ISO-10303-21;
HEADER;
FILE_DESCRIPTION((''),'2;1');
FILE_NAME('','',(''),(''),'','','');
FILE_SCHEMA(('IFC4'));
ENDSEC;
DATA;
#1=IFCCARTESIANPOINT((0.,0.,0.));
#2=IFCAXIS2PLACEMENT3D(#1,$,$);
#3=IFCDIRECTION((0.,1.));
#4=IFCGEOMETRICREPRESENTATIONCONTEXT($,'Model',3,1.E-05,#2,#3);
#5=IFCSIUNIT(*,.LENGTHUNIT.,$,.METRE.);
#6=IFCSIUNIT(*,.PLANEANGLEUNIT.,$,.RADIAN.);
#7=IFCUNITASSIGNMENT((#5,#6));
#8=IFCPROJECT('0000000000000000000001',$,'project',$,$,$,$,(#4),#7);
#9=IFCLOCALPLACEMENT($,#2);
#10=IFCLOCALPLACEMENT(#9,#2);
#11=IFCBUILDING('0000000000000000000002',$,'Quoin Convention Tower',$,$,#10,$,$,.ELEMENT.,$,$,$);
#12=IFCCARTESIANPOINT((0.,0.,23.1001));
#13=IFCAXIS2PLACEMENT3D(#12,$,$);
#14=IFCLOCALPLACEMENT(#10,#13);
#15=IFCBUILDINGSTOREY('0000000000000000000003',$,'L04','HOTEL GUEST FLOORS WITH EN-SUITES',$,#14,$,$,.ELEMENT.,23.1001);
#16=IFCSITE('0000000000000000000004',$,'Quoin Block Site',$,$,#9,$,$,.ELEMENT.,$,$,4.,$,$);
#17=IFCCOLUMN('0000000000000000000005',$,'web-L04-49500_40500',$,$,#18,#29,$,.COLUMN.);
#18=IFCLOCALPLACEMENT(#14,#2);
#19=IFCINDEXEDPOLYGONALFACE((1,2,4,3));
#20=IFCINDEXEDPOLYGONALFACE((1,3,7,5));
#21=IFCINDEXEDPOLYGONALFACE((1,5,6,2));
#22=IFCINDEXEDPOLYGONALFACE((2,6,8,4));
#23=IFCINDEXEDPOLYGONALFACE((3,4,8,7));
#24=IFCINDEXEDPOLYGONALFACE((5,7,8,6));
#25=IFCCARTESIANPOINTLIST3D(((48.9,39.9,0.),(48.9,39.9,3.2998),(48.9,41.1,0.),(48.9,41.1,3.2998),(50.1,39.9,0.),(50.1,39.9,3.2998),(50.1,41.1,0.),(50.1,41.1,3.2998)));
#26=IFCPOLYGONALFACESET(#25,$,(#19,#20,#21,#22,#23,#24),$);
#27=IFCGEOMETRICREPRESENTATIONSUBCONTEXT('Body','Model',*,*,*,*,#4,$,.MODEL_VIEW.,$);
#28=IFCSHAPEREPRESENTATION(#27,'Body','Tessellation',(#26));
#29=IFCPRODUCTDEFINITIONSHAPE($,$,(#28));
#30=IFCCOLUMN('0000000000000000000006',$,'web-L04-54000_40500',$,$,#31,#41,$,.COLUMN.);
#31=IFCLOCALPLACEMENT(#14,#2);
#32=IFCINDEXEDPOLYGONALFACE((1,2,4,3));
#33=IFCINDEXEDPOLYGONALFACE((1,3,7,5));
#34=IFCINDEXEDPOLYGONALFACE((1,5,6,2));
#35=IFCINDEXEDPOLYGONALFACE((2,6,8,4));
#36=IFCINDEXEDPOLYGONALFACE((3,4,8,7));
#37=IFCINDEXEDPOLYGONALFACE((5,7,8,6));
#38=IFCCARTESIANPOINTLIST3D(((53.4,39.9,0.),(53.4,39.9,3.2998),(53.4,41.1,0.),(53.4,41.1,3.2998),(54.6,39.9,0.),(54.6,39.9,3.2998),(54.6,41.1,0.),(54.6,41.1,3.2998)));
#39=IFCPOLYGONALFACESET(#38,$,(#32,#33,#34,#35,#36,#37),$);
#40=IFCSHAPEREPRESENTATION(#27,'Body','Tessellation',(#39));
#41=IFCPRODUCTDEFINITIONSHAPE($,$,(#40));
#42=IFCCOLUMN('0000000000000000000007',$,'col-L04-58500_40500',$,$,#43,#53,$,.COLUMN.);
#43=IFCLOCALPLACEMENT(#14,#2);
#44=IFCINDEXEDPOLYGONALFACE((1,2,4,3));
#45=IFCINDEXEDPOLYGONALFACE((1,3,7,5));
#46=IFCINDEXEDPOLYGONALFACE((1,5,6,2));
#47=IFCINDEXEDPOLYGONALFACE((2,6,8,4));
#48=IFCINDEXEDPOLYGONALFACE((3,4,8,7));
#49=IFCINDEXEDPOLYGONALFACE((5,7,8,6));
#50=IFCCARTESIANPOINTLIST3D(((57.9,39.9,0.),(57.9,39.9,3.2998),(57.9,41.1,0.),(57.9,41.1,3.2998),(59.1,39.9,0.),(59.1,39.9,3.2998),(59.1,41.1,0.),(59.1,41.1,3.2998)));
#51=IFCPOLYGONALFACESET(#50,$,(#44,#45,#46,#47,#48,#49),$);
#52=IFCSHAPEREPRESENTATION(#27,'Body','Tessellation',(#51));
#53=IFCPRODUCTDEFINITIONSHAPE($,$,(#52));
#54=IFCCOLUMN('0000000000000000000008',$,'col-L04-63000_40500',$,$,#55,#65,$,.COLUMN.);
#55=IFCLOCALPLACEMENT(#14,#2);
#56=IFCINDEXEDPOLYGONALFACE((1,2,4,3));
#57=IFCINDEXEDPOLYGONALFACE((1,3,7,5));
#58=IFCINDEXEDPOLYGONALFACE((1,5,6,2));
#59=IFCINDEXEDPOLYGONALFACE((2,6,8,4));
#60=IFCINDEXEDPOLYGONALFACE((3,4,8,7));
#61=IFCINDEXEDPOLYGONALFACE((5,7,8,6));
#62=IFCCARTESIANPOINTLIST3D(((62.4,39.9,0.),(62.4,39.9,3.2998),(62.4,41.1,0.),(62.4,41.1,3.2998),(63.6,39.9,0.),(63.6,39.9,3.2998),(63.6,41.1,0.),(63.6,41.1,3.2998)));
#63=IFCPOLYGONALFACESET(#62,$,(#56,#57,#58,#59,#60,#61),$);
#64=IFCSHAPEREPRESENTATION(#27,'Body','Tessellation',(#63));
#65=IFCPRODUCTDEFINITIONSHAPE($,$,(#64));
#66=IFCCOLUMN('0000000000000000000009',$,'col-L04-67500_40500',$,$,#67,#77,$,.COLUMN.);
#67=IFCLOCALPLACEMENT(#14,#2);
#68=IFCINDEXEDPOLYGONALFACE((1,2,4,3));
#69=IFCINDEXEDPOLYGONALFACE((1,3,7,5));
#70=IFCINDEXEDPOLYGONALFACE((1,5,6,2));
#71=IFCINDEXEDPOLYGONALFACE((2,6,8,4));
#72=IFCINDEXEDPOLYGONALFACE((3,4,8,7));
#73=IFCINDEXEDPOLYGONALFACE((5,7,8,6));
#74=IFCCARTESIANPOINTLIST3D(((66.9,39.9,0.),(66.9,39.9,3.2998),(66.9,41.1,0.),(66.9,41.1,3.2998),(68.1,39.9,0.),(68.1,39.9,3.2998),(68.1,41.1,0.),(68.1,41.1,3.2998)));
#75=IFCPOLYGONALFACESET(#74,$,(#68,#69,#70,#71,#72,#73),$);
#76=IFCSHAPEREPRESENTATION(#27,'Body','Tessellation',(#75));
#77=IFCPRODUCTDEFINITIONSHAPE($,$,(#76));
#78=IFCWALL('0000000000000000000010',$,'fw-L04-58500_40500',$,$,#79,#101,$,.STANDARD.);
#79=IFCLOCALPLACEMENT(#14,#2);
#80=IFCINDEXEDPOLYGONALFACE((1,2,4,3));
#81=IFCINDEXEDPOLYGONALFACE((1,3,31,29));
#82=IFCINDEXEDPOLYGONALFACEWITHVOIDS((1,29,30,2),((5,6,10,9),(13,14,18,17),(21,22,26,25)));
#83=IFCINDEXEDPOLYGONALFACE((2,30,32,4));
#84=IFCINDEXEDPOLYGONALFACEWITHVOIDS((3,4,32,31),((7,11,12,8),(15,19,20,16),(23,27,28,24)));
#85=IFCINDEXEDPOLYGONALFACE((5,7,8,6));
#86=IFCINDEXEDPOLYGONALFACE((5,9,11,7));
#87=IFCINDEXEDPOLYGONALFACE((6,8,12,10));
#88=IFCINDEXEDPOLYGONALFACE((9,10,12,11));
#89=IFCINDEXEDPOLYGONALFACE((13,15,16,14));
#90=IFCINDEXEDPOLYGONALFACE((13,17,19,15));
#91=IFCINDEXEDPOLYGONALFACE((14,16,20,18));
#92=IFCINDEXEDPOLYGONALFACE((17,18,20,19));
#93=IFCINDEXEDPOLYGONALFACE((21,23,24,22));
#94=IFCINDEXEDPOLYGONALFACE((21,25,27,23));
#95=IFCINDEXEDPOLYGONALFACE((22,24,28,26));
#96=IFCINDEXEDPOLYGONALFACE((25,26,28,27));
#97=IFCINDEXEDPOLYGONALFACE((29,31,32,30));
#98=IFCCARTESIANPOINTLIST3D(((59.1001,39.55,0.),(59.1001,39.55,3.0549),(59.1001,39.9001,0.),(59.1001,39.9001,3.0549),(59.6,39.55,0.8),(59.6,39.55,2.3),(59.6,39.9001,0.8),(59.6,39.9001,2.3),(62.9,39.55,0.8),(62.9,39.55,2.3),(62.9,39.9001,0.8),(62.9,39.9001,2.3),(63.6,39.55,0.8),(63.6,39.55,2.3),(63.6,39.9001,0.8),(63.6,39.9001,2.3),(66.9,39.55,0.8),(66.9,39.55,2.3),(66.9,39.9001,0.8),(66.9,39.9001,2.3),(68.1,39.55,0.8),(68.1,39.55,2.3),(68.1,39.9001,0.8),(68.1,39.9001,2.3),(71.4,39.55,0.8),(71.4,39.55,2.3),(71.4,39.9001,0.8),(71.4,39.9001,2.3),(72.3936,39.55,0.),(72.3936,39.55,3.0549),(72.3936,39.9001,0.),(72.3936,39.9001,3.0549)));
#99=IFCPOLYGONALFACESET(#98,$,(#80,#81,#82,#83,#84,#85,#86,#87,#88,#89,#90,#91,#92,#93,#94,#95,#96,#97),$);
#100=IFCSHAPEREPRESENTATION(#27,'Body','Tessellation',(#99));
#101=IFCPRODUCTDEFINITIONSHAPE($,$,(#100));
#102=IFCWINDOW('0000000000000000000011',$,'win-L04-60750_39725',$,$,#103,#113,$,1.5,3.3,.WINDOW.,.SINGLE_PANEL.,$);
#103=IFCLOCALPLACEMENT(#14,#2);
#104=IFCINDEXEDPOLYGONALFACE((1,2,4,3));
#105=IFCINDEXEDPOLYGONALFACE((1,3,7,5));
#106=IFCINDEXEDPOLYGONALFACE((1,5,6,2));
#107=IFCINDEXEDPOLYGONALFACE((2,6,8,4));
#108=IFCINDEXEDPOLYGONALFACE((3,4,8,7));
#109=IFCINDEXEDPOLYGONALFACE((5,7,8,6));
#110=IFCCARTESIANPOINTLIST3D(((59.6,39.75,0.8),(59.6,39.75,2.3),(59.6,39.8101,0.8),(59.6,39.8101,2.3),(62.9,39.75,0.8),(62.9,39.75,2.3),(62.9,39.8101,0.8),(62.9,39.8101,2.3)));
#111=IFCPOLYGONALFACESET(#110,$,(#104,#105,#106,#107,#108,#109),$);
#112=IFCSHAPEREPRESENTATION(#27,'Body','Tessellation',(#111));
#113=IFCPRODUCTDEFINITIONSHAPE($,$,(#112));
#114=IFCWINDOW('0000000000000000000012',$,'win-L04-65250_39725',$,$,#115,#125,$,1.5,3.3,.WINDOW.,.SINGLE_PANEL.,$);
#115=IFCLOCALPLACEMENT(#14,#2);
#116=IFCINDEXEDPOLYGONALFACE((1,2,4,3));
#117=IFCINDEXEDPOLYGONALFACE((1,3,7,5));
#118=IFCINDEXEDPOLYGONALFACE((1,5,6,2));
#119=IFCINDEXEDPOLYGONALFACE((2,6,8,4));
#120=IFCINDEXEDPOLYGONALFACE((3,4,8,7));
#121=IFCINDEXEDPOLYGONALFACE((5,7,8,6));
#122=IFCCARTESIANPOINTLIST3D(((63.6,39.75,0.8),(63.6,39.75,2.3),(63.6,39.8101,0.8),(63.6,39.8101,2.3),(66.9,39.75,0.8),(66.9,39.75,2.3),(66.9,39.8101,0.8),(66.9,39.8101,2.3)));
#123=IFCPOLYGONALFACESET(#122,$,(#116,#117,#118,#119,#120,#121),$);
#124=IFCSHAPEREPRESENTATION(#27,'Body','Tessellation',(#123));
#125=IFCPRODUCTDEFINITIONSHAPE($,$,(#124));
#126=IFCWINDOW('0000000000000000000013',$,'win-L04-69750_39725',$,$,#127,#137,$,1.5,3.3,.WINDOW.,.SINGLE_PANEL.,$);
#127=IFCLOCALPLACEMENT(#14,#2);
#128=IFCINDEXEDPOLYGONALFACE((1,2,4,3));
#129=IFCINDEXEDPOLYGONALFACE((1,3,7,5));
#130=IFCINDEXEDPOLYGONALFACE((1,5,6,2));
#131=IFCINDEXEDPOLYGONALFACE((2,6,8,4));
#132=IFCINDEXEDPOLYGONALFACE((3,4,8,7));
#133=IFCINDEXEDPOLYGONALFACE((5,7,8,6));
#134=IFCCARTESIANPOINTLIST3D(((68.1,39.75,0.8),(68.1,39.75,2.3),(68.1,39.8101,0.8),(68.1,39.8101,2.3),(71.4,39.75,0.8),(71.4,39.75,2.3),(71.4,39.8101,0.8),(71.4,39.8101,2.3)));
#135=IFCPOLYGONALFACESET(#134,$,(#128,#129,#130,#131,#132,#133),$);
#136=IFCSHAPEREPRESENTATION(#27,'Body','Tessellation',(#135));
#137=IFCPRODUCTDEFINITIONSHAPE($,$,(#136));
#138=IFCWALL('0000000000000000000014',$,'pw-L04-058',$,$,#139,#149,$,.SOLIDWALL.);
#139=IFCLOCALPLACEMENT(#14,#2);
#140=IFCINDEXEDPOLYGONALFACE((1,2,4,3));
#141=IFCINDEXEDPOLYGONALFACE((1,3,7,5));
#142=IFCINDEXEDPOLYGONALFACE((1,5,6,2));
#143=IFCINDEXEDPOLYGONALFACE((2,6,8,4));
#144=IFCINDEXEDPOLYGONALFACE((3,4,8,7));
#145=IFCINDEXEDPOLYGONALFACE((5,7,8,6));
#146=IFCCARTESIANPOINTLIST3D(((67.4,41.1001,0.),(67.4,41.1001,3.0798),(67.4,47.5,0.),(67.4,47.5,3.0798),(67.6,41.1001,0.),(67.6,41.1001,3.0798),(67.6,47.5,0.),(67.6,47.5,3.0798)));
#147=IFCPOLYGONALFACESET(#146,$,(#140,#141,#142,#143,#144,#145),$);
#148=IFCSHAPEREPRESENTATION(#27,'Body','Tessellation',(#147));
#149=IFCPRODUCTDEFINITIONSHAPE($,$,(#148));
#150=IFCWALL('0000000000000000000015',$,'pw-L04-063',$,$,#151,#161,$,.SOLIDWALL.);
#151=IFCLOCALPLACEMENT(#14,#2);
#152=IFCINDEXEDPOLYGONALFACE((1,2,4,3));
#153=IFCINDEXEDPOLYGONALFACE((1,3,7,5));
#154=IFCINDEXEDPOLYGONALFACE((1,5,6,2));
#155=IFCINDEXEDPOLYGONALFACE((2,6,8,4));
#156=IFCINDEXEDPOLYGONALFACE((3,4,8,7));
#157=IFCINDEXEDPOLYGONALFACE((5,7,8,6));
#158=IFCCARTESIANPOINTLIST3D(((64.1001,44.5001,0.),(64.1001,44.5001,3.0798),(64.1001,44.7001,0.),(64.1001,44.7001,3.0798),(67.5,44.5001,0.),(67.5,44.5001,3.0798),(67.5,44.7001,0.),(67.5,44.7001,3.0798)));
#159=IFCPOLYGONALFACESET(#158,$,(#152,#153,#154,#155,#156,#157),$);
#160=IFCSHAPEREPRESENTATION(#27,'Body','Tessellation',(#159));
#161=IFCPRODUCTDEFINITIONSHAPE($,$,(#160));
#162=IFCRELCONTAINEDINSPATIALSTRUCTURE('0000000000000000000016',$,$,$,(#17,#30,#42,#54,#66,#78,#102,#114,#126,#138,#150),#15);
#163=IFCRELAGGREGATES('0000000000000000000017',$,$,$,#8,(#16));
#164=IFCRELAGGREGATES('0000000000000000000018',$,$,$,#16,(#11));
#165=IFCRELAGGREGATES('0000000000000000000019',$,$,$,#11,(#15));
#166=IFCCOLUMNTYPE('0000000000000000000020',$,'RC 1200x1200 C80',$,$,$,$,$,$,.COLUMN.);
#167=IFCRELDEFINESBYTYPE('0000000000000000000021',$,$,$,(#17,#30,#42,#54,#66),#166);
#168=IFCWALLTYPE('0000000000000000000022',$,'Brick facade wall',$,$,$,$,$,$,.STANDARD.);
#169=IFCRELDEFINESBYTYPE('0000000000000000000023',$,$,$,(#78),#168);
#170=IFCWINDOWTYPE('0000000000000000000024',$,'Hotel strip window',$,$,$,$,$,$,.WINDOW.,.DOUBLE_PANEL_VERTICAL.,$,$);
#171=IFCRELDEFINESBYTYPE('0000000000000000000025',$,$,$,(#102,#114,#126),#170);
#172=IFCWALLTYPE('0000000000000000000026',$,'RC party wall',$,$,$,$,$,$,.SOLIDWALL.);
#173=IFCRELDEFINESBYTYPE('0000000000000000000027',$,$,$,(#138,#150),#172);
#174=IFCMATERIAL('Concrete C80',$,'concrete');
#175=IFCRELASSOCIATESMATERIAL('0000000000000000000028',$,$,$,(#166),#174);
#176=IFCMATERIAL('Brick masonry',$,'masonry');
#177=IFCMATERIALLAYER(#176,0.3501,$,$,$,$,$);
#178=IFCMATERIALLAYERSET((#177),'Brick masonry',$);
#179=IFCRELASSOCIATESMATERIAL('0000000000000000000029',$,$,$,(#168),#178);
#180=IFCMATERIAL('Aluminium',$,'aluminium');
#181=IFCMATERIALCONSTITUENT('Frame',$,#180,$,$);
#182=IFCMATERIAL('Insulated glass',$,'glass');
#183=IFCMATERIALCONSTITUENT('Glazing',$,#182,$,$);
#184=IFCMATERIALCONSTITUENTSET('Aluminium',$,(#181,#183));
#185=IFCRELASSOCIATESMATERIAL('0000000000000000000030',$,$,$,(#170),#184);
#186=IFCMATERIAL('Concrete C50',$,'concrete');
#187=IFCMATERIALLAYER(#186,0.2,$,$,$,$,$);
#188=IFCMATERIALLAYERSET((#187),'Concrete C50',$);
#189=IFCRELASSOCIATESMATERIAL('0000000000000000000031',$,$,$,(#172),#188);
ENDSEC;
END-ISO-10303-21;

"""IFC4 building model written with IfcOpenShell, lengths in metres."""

from ifc_helpers import new_model, si_unit, direction, frame, frame_2d, origin, origin_2d, place, context, subcontext, project, spatial, rectangle, extrude, material, layer, layer_set, constituent, constituent_set, material_profile, profile_set, type_object, element, fill, save


model = new_model("IFC4")

# Units and contexts
model_context = context("Model", 3, precision=1e-05, world=origin(), true_north=direction((0.0, 1.0)))
body_context = subcontext(model_context, "Body", "Model", "MODEL_VIEW")
ifc_project = project(units=[si_unit("LENGTHUNIT", "METRE"), si_unit("PLANEANGLEUNIT", "RADIAN")], contexts=[model_context])

# Site, building, storey
site_placement = place(None, origin())
site = spatial("IfcSite", under=ifc_project, at=site_placement, Name="Quoin Block Site", CompositionType="ELEMENT", RefElevation=4.0)
building_placement = place(site_placement, origin())
building = spatial("IfcBuilding", under=site, at=building_placement, Name="Quoin Convention Tower", CompositionType="ELEMENT")
storey_placement = place(building_placement, frame((0.0, 0.0, 23.1001)))
storey = spatial("IfcBuildingStorey", under=building, at=storey_placement, Name="L04", Description="HOTEL GUEST FLOORS WITH EN-SUITES", CompositionType="ELEMENT", Elevation=23.1001)

# Columns
ifc_material_1 = material(Name="Concrete C80", Category="concrete")
ifc_material_profile = material_profile(ifc_material_1, rectangle(XDim=1.2, YDim=1.2, at=origin_2d()), Name="RC 1200x1200")
ifc_profile_set = profile_set([ifc_material_profile], Name="Concrete C80")
column_type = type_object("IfcColumnType", Name="RC 1200x1200 C80", PredefinedType="COLUMN", material=ifc_profile_set)
for number, where, z_axis, x_axis, name in (
    (1, (49.5, 40.5, 0.0), (0.0, 0.0, 1.0), (1.0, 0.0, 0.0), "web-L04-49500_40500"),
    (2, (54.0, 40.5, 0.0), (0.0, 0.0, 1.0), (1.0, 0.0, 0.0), "web-L04-54000_40500"),
    (3, (58.5, 40.5, 0.0), (0.0, 0.0, 1.0), (1.0, 0.0, 0.0), "col-L04-58500_40500"),
    (4, (63.0, 40.5, 0.0), (0.0, 0.0, 1.0), (1.0, 0.0, 0.0), "col-L04-63000_40500"),
    (5, (67.5, 40.5, 0.0), (0.0, 0.0, 1.0), (1.0, 0.0, 0.0), "col-L04-67500_40500"),
):
    element("IfcColumn", number, at=place(storey_placement, frame(where, z_axis=z_axis, x_axis=x_axis)), inside=storey, type_object=column_type, Name=name, PredefinedType="COLUMN", context=body_context, shape_type="SweptSolid", body=[
        extrude(rectangle(XDim=1.2, YDim=1.2, at=origin_2d()), origin(), (0.0, 0.0, 1.0), 3.2998),
    ])

# Wall, openings, windows
ifc_material_2 = material(Name="Brick masonry", Category="masonry")
ifc_layer_1 = layer(ifc_material_2, 0.3501)
ifc_layer_set_1 = layer_set([ifc_layer_1], Name="Brick masonry")
wall_type_1 = type_object("IfcWallType", Name="Brick facade wall", PredefinedType="STANDARD", material=ifc_layer_set_1)
wall_1_placement = place(storey_placement, frame((59.1001, 39.7251, 0.0), z_axis=(0.0, 0.0, 1.0), x_axis=(1.0, 0.0, 0.0)))
wall_1 = element("IfcWall", 6, at=wall_1_placement, inside=storey, type_object=wall_type_1, Name="fw-L04-58500_40500", PredefinedType="STANDARD", context=body_context, shape_type="SweptSolid", body=[
    extrude(rectangle(XDim=13.2935, YDim=0.3501, at=frame_2d((6.6467, 0.0))), origin(), (0.0, 0.0, 1.0), 3.0549),
])
opening_1_placement = place(wall_1_placement, frame((0.5, 0.0, 0.8)))
opening_1 = element("IfcOpeningElement", 7, at=opening_1_placement, cuts=wall_1, PredefinedType="OPENING", context=body_context, shape_type="SweptSolid", body=[
    extrude(rectangle(XDim=3.3, YDim=1.5, at=frame_2d((1.6499, 0.75))), frame((0.0, 0.1851, 0.0), z_axis=(0.0, -1.0, 0.0), x_axis=(1.0, 0.0, 0.0)), (0.0, 0.0, 1.0), 0.3701),
])
opening_2_placement = place(wall_1_placement, frame((4.5, 0.0, 0.8)))
opening_2 = element("IfcOpeningElement", 8, at=opening_2_placement, cuts=wall_1, PredefinedType="OPENING", context=body_context, shape_type="SweptSolid", body=[
    extrude(rectangle(XDim=3.3, YDim=1.5, at=frame_2d((1.6499, 0.75))), frame((0.0, 0.1851, 0.0), z_axis=(0.0, -1.0, 0.0), x_axis=(1.0, 0.0, 0.0)), (0.0, 0.0, 1.0), 0.3701),
])
opening_3_placement = place(wall_1_placement, frame((9.0, 0.0, 0.8)))
opening_3 = element("IfcOpeningElement", 9, at=opening_3_placement, cuts=wall_1, PredefinedType="OPENING", context=body_context, shape_type="SweptSolid", body=[
    extrude(rectangle(XDim=3.3, YDim=1.5, at=frame_2d((1.6499, 0.75))), frame((0.0, 0.1851, 0.0), z_axis=(0.0, -1.0, 0.0), x_axis=(1.0, 0.0, 0.0)), (0.0, 0.0, 1.0), 0.3701),
])
ifc_material_3 = material(Name="Aluminium", Category="aluminium")
ifc_constituent_1 = constituent(ifc_material_3, Name="Frame")
ifc_material_4 = material(Name="Insulated glass", Category="glass")
ifc_constituent_2 = constituent(ifc_material_4, Name="Glazing")
ifc_constituent_set = constituent_set(constituents=[ifc_constituent_1, ifc_constituent_2], Name="Aluminium")
window_type = type_object("IfcWindowType", Name="Hotel strip window", PartitioningType="DOUBLE_PANEL_VERTICAL", PredefinedType="WINDOW", material=ifc_constituent_set)
window_1_placement = place(opening_1_placement, origin())
window_1 = element("IfcWindow", 10, at=window_1_placement, inside=storey, type_object=window_type, Name="win-L04-60750_39725", OverallHeight=1.5, OverallWidth=3.3, PartitioningType="SINGLE_PANEL", PredefinedType="WINDOW", context=body_context, shape_type="SweptSolid", body=[
    extrude(rectangle(XDim=3.3, YDim=1.5, at=frame_2d((1.6499, 0.75))), frame((0.0, 0.085, 0.0), z_axis=(0.0, -1.0, 0.0), x_axis=(1.0, 0.0, 0.0)), (0.0, 0.0, 1.0), 0.0601),
])
fill(opening_1, window_1)
window_2_placement = place(opening_2_placement, origin())
window_2 = element("IfcWindow", 11, at=window_2_placement, inside=storey, type_object=window_type, Name="win-L04-65250_39725", OverallHeight=1.5, OverallWidth=3.3, PartitioningType="SINGLE_PANEL", PredefinedType="WINDOW", context=body_context, shape_type="SweptSolid", body=[
    extrude(rectangle(XDim=3.3, YDim=1.5, at=frame_2d((1.6499, 0.75))), frame((0.0, 0.085, 0.0), z_axis=(0.0, -1.0, 0.0), x_axis=(1.0, 0.0, 0.0)), (0.0, 0.0, 1.0), 0.0601),
])
fill(opening_2, window_2)
window_3_placement = place(opening_3_placement, origin())
window_3 = element("IfcWindow", 12, at=window_3_placement, inside=storey, type_object=window_type, Name="win-L04-69750_39725", OverallHeight=1.5, OverallWidth=3.3, PartitioningType="SINGLE_PANEL", PredefinedType="WINDOW", context=body_context, shape_type="SweptSolid", body=[
    extrude(rectangle(XDim=3.3, YDim=1.5, at=frame_2d((1.6499, 0.75))), frame((0.0, 0.085, 0.0), z_axis=(0.0, -1.0, 0.0), x_axis=(1.0, 0.0, 0.0)), (0.0, 0.0, 1.0), 0.0601),
])
fill(opening_3, window_3)

# Walls
ifc_material_5 = material(Name="Concrete C50", Category="concrete")
ifc_layer_2 = layer(ifc_material_5, 0.2)
ifc_layer_set_2 = layer_set([ifc_layer_2], Name="Concrete C50")
wall_type_2 = type_object("IfcWallType", Name="RC party wall", PredefinedType="SOLIDWALL", material=ifc_layer_set_2)
wall_2_placement = place(storey_placement, frame((67.5, 41.1001, 0.0), z_axis=(0.0, 0.0, 1.0), x_axis=(0.0, 1.0, 0.0)))
element("IfcWall", 13, at=wall_2_placement, inside=storey, type_object=wall_type_2, Name="pw-L04-058", PredefinedType="SOLIDWALL", context=body_context, shape_type="SweptSolid", body=[
    extrude(rectangle(XDim=6.3999, YDim=0.2, at=frame_2d((3.2, 0.0))), origin(), (0.0, 0.0, 1.0), 3.0798),
])
wall_3_placement = place(storey_placement, frame((64.1001, 44.6001, 0.0), z_axis=(0.0, 0.0, 1.0), x_axis=(1.0, 0.0, 0.0)))
element("IfcWall", 14, at=wall_3_placement, inside=storey, type_object=wall_type_2, Name="pw-L04-063", PredefinedType="SOLIDWALL", context=body_context, shape_type="SweptSolid", body=[
    extrude(rectangle(XDim=3.3999, YDim=0.2, at=frame_2d((1.7, 0.0))), origin(), (0.0, 0.0, 1.0), 3.0798),
])

save(model, "model.ifc")
